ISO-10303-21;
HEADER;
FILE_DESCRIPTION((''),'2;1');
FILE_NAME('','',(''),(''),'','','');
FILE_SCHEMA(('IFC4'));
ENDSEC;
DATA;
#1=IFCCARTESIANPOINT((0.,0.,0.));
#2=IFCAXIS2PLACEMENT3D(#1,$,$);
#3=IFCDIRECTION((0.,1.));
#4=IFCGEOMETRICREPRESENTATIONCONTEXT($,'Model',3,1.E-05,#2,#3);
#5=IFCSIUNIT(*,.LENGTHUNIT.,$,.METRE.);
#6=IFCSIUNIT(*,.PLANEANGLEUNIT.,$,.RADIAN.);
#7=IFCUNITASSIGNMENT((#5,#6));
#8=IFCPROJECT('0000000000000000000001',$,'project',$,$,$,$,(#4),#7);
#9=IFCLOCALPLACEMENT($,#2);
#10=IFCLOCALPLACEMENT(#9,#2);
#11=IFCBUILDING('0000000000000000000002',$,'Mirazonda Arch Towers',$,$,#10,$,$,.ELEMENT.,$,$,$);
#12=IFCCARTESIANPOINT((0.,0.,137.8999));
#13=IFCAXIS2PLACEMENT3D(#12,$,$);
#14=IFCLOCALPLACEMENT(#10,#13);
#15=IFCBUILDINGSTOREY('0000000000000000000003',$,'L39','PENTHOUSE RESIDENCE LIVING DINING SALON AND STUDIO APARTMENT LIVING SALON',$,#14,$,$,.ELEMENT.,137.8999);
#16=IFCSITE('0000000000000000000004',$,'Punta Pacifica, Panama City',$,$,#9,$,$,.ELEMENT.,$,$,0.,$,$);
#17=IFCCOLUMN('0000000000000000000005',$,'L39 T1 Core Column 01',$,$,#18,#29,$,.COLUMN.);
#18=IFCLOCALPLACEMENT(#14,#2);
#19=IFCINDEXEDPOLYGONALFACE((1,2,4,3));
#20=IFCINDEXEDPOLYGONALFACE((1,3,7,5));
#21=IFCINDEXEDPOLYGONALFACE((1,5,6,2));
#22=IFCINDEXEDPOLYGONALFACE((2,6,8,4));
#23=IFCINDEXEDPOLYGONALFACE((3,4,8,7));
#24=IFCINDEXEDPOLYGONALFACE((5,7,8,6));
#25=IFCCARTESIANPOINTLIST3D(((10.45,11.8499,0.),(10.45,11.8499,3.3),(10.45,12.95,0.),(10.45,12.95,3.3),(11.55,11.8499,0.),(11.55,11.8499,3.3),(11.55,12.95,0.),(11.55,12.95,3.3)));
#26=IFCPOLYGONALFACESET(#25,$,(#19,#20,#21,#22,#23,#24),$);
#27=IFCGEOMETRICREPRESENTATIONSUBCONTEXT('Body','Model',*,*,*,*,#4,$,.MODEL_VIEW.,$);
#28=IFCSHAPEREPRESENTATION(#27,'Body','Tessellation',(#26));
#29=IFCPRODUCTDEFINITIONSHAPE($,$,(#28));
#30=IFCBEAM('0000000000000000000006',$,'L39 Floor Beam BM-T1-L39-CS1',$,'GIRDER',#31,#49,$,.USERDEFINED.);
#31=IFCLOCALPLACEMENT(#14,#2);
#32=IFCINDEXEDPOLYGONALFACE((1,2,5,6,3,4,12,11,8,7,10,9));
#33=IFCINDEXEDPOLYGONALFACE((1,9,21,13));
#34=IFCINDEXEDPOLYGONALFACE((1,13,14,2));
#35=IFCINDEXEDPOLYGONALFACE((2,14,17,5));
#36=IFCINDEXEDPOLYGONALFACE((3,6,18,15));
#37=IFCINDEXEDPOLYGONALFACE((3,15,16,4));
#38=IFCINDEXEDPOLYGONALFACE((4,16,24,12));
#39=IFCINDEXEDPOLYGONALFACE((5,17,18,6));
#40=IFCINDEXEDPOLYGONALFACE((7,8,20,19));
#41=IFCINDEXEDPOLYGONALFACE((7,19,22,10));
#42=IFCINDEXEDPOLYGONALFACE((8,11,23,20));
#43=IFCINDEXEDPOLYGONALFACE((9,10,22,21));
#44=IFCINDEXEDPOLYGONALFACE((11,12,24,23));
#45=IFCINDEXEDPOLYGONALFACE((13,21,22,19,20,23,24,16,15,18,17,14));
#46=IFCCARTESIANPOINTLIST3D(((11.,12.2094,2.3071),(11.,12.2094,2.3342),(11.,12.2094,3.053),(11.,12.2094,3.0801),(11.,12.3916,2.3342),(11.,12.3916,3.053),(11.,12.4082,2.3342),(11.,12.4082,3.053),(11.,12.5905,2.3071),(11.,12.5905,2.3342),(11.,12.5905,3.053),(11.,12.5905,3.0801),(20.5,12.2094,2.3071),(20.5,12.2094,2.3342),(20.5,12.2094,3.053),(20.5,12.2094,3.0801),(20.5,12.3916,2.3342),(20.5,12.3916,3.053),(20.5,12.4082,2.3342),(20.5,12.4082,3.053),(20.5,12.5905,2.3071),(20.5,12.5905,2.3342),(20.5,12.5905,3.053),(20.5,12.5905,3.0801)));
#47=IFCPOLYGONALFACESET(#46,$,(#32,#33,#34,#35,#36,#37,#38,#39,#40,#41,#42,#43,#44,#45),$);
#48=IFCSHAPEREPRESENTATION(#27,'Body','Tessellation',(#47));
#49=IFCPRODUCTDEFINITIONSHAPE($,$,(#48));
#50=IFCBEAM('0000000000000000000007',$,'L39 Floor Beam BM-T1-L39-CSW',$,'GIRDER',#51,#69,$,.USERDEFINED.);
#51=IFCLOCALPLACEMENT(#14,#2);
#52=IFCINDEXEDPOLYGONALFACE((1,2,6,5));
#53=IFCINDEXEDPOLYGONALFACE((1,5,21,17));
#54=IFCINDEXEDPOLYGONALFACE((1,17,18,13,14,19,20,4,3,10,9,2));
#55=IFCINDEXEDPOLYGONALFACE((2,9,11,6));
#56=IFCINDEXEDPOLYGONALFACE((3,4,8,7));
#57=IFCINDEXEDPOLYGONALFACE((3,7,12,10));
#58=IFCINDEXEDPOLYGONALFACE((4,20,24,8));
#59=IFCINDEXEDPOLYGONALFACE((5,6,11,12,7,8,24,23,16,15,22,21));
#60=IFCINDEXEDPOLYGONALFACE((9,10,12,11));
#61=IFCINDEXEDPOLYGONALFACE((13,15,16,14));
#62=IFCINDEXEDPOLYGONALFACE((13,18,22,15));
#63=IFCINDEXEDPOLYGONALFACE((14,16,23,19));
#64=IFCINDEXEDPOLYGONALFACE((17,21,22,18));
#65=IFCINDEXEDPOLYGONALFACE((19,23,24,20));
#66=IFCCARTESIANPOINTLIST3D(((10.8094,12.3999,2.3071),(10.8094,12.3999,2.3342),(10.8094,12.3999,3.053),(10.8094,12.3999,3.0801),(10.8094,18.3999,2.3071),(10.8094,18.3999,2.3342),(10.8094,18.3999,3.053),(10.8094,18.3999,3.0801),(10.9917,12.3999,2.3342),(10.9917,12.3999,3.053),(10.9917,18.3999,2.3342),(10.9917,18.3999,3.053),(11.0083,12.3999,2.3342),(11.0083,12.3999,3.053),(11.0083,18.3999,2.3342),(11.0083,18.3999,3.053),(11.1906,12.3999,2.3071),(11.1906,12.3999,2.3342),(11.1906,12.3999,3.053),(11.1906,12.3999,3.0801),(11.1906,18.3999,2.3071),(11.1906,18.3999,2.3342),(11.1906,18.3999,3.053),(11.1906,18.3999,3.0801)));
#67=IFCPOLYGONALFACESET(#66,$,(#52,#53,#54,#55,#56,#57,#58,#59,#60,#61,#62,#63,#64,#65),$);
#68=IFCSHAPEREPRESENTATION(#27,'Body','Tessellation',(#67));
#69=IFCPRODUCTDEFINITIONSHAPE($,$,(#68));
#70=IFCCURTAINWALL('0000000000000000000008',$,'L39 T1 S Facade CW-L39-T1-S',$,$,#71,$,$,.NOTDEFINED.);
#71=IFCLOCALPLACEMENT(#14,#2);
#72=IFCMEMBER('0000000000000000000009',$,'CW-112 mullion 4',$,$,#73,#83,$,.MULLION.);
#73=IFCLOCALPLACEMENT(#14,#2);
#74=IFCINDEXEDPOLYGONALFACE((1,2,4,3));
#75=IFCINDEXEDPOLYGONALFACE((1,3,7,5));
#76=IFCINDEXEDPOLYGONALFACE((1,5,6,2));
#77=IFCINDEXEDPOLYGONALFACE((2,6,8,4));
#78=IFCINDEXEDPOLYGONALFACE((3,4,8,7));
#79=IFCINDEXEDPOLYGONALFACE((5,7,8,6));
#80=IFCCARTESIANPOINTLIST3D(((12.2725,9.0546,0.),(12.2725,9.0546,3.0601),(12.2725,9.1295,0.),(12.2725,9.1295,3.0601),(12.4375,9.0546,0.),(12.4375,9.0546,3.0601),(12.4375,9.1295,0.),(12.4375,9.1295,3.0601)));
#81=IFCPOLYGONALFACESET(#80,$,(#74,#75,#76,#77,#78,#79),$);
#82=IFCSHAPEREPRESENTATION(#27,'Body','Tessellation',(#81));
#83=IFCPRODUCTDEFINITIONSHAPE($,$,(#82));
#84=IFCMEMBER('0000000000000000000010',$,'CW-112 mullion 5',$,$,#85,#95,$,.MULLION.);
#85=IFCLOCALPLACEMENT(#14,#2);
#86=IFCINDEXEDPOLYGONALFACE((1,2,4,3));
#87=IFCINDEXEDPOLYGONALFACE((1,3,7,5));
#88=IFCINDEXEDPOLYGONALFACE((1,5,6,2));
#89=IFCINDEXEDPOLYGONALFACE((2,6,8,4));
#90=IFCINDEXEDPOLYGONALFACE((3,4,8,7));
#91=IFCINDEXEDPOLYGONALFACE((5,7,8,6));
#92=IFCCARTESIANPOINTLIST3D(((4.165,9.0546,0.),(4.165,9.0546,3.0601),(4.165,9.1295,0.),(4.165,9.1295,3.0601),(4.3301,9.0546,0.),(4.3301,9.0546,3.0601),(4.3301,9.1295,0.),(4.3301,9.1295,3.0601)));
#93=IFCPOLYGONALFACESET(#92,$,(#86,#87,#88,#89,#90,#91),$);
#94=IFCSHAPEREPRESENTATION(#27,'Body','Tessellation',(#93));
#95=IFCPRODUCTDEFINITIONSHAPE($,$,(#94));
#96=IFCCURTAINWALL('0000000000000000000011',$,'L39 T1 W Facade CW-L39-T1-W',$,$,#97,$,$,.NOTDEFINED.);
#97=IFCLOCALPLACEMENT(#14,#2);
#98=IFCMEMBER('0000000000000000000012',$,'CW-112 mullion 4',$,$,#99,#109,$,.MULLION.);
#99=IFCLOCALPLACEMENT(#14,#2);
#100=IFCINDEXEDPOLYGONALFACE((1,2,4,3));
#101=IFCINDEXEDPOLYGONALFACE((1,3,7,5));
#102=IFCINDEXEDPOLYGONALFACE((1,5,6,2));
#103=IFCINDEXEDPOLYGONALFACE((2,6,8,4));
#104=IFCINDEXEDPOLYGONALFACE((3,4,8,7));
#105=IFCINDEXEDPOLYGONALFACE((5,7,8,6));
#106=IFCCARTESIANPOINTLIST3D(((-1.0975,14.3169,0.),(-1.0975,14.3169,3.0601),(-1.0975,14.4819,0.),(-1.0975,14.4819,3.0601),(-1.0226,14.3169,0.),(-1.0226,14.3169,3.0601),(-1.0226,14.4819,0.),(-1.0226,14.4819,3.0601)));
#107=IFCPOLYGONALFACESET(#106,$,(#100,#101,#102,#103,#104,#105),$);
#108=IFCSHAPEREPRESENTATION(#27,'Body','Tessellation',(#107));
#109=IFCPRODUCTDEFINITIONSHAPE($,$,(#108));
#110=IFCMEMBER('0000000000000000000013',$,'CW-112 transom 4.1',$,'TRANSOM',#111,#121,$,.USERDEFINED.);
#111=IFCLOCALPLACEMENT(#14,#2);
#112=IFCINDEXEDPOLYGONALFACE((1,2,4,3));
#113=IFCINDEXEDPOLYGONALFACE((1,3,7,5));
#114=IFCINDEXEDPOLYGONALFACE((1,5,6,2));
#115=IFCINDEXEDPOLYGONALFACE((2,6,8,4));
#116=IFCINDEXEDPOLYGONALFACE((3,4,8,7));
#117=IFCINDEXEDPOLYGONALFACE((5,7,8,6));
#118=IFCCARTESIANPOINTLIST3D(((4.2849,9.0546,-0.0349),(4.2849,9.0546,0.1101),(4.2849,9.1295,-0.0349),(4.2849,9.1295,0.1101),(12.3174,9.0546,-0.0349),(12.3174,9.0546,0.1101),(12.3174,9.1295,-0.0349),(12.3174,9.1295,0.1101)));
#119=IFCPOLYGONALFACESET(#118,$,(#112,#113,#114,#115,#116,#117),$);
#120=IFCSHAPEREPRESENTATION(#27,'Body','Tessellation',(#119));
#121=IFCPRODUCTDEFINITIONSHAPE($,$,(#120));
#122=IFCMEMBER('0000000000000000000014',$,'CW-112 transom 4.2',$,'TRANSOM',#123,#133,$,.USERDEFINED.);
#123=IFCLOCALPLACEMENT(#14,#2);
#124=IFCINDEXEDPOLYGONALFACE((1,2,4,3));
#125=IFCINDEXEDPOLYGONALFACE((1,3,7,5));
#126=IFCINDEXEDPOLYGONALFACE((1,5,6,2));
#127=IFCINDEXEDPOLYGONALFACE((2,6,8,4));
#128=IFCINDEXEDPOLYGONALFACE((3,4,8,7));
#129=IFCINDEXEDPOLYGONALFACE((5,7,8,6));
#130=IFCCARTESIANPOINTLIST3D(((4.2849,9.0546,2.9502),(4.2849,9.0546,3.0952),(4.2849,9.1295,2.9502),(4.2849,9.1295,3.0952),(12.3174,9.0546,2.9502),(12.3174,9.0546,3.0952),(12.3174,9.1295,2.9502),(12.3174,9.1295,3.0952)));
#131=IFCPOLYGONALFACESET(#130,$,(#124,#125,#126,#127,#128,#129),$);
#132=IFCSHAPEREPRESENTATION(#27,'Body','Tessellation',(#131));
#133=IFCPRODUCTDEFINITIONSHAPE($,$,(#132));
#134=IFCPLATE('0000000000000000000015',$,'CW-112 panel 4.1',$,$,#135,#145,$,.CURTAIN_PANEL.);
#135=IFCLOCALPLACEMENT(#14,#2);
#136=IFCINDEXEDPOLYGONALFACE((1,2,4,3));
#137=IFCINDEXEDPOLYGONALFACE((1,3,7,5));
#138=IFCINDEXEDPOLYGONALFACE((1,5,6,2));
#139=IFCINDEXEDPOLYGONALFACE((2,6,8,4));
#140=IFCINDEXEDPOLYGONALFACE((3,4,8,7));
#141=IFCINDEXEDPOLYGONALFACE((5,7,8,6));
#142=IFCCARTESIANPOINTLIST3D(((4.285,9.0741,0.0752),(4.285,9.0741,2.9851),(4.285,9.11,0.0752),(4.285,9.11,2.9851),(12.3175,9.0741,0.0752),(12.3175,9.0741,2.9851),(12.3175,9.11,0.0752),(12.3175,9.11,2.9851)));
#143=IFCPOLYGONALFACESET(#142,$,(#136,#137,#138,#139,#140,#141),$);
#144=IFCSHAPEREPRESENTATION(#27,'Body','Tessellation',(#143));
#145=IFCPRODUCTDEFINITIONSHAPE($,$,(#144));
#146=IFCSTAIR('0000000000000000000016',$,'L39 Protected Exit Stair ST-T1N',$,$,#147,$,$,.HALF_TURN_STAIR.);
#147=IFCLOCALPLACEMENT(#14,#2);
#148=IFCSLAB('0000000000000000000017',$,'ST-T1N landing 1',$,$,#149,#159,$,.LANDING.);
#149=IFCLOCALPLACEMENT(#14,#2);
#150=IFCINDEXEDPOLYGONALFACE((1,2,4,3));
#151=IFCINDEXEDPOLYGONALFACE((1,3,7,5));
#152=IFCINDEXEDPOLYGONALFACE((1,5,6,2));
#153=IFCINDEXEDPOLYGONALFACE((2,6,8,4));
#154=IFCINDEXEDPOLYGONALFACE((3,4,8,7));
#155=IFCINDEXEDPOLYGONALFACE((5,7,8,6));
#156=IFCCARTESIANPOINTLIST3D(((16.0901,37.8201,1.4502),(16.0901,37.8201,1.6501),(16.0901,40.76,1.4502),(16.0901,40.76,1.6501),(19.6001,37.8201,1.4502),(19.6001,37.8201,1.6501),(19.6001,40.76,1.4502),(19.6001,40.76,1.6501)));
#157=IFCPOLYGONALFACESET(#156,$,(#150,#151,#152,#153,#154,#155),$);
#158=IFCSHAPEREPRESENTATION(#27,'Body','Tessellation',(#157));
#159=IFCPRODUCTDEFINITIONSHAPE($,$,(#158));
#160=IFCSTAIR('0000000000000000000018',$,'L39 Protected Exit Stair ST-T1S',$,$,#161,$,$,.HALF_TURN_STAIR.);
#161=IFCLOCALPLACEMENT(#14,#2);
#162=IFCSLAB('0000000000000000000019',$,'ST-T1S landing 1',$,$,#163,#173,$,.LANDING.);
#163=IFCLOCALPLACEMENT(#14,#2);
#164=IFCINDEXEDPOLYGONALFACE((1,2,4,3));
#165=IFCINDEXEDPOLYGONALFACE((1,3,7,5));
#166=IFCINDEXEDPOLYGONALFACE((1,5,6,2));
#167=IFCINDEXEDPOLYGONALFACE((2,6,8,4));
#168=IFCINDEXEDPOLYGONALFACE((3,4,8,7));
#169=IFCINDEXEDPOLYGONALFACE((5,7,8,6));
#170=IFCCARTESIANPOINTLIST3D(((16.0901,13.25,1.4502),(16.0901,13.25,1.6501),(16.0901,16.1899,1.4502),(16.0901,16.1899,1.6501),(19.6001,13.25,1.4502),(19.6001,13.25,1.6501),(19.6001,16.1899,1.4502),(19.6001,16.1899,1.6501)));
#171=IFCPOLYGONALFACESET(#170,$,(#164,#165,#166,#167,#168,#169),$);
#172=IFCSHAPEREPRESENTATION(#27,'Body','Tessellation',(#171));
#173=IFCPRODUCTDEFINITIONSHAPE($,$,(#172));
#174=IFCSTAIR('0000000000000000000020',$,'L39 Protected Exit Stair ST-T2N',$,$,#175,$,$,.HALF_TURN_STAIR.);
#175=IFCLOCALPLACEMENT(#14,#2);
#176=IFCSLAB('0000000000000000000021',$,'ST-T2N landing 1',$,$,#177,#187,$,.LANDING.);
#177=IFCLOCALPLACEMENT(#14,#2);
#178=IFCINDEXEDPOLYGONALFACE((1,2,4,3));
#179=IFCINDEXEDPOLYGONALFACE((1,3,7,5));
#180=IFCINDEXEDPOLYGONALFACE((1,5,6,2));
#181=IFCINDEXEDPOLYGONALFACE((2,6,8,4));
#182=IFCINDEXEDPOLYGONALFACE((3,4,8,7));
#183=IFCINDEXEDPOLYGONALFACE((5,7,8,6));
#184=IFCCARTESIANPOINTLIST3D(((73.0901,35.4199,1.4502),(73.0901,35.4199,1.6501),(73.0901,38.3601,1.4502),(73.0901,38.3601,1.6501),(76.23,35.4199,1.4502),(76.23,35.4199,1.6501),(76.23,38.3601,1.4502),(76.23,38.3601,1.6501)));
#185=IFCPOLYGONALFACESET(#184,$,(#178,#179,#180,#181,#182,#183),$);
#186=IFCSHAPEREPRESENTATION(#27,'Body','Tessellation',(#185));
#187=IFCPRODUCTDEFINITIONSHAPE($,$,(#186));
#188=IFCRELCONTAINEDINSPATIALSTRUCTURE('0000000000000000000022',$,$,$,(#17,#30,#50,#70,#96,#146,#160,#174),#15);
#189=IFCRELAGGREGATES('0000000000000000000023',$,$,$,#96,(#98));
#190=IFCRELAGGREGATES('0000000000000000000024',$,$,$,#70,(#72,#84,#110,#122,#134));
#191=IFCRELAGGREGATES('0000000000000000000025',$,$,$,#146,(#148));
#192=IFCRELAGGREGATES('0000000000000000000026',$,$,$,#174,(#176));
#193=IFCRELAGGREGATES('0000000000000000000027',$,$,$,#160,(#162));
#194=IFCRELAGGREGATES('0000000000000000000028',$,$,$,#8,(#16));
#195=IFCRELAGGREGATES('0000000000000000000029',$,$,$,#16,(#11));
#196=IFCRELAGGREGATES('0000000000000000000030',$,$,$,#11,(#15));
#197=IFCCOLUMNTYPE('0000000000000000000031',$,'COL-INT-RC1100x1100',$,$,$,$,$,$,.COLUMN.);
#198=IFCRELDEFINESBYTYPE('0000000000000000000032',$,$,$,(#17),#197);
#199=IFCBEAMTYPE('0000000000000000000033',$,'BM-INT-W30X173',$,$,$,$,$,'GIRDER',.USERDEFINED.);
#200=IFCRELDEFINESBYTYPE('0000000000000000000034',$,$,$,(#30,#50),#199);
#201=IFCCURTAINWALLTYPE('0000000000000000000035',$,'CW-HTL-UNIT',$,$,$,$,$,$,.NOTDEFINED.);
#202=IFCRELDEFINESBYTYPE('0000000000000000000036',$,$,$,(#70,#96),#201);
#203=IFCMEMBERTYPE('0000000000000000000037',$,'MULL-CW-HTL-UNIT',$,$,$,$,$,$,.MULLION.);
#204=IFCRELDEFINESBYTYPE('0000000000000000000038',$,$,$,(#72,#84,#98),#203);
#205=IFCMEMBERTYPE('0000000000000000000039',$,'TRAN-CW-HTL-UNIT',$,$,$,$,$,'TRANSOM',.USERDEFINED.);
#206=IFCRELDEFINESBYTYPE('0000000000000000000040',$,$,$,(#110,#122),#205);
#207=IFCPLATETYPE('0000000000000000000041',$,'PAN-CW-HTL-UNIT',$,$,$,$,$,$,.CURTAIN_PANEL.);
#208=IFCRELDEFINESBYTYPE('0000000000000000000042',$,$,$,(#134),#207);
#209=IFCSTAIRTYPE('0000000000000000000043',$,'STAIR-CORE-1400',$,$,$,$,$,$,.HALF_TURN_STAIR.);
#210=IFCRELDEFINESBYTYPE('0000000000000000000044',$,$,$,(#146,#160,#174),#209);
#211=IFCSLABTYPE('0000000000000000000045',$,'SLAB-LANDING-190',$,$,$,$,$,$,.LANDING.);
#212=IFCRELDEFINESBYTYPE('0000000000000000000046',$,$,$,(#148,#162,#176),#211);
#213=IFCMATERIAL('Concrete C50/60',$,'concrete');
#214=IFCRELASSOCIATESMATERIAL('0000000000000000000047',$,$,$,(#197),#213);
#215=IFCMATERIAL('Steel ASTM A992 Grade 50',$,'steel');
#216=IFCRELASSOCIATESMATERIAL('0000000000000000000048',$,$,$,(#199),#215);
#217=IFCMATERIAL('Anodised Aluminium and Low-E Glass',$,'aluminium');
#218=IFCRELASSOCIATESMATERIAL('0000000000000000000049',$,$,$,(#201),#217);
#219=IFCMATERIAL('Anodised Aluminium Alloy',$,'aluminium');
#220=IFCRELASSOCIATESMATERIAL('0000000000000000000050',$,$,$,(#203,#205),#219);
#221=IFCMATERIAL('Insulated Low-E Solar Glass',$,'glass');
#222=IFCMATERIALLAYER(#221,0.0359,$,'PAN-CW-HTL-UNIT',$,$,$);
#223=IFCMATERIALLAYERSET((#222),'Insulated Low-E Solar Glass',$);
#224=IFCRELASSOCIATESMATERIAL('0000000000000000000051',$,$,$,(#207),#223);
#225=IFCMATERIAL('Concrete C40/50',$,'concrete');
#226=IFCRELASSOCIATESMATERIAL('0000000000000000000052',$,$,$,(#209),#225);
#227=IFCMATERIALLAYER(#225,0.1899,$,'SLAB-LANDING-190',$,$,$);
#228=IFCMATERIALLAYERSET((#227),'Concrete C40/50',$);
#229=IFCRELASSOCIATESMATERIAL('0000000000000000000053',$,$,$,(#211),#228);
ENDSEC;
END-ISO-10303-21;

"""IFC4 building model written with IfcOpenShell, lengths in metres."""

from ifc_helpers import new_model, si_unit, direction, frame, origin, origin_2d, place, context, subcontext, project, spatial, polyline, rectangle, i_section, outline, extrude, material, layer, layer_set, material_profile, profile_set, type_object, element, aggregate, save


model = new_model("IFC4")

# Units and contexts
model_context = context("Model", 3, precision=1e-05, world=origin(), true_north=direction((0.0, 1.0)))
body_context = subcontext(model_context, "Body", "Model", "MODEL_VIEW")
ifc_project = project(units=[si_unit("LENGTHUNIT", "METRE"), si_unit("PLANEANGLEUNIT", "RADIAN")], contexts=[model_context])

# Site, building, storey
site_placement = place(None, origin())
site = spatial("IfcSite", under=ifc_project, at=site_placement, Name="Punta Pacifica, Panama City", CompositionType="ELEMENT", RefElevation=0.0)
building_placement = place(site_placement, origin())
building = spatial("IfcBuilding", under=site, at=building_placement, Name="Mirazonda Arch Towers", CompositionType="ELEMENT")
storey_placement = place(building_placement, frame((0.0, 0.0, 137.8999)))
storey = spatial("IfcBuildingStorey", under=building, at=storey_placement, Name="L39", Description="PENTHOUSE RESIDENCE LIVING DINING SALON AND STUDIO APARTMENT LIVING SALON", CompositionType="ELEMENT", Elevation=137.8999)

# Column
ifc_material_1 = material(Name="Concrete C50/60", Category="concrete")
ifc_material_profile_1 = material_profile(ifc_material_1, rectangle(XDim=1.1001, YDim=1.1001, at=origin_2d()), Name="RC1100x1100")
ifc_profile_set_1 = profile_set([ifc_material_profile_1], Name="Concrete C50/60")
column_type = type_object("IfcColumnType", Name="COL-INT-RC1100x1100", PredefinedType="COLUMN", material=ifc_profile_set_1)
column_placement = place(storey_placement, frame((11.0, 12.3999, 0.0), z_axis=(0.0, 0.0, 1.0), x_axis=(1.0, 0.0, 0.0)))
element("IfcColumn", 1, at=column_placement, inside=storey, type_object=column_type, Name="L39 T1 Core Column 01", PredefinedType="COLUMN", context=body_context, shape_type="SweptSolid", body=[
    extrude(rectangle(XDim=1.1001, YDim=1.1001, at=origin_2d()), origin(), (0.0, 0.0, 1.0), 3.3),
])

# Beams
ifc_material_2 = material(Name="Steel ASTM A992 Grade 50", Category="steel")
ifc_material_profile_2 = material_profile(ifc_material_2, i_section(OverallWidth=0.3811, OverallDepth=0.7729, WebThickness=0.0166, FlangeThickness=0.0271, at=origin_2d()), Name="W30X173")
ifc_profile_set_2 = profile_set([ifc_material_profile_2], Name="Steel ASTM A992 Grade 50")
beam_type = type_object("IfcBeamType", Name="BM-INT-W30X173", ElementType="GIRDER", PredefinedType="USERDEFINED", material=ifc_profile_set_2)
beam_1_placement = place(storey_placement, frame((11.0, 12.3999, 2.6936), z_axis=(1.0, 0.0, 0.0), x_axis=(0.0, 1.0, 0.0)))
element("IfcBeam", 2, at=beam_1_placement, inside=storey, type_object=beam_type, Name="L39 Floor Beam BM-T1-L39-CS1", ObjectType="GIRDER", PredefinedType="USERDEFINED", context=body_context, shape_type="SweptSolid", body=[
    extrude(i_section(OverallWidth=0.3811, OverallDepth=0.7729, WebThickness=0.0166, FlangeThickness=0.0271, at=origin_2d()), origin(), (0.0, 0.0, 1.0), 9.5),
])
beam_2_placement = place(storey_placement, frame((11.0, 12.3999, 2.6936), z_axis=(0.0, 1.0, 0.0), x_axis=(-1.0, 0.0, 0.0)))
element("IfcBeam", 3, at=beam_2_placement, inside=storey, type_object=beam_type, Name="L39 Floor Beam BM-T1-L39-CSW", ObjectType="GIRDER", PredefinedType="USERDEFINED", context=body_context, shape_type="SweptSolid", body=[
    extrude(i_section(OverallWidth=0.3811, OverallDepth=0.7729, WebThickness=0.0166, FlangeThickness=0.0271, at=origin_2d()), origin(), (0.0, 0.0, 1.0), 6.0),
])

# Curtain wall, members
ifc_material_3 = material(Name="Anodised Aluminium and Low-E Glass", Category="aluminium")
curtain_wall_type = type_object("IfcCurtainWallType", Name="CW-HTL-UNIT", PredefinedType="NOTDEFINED", material=ifc_material_3)
curtain_wall_1_placement = place(storey_placement, origin())
curtain_wall_1 = element("IfcCurtainWall", 4, at=curtain_wall_1_placement, inside=storey, type_object=curtain_wall_type, Name="L39 T1 S Facade CW-L39-T1-S", PredefinedType="NOTDEFINED")
ifc_material_4 = material(Name="Anodised Aluminium Alloy", Category="aluminium")
ifc_material_profile_3 = material_profile(ifc_material_4, rectangle(XDim=0.075, YDim=0.165, at=origin_2d()), Name="ALU-MULL-75x165")
ifc_profile_set_3 = profile_set([ifc_material_profile_3], Name="Anodised Aluminium Alloy")
member_type_1 = type_object("IfcMemberType", Name="MULL-CW-HTL-UNIT", PredefinedType="MULLION", material=ifc_profile_set_3)
member_1_placement = place(storey_placement, frame((12.355, 9.092, 0.0), z_axis=(0.0, 0.0, 1.0), x_axis=(0.0, -1.0, 0.0)))
member_1 = element("IfcMember", 5, at=member_1_placement, type_object=member_type_1, Name="CW-112 mullion 4", PredefinedType="MULLION", context=body_context, shape_type="SweptSolid", body=[
    extrude(rectangle(XDim=0.075, YDim=0.165, at=origin_2d()), origin(), (0.0, 0.0, 1.0), 3.0601),
])
member_2_placement = place(storey_placement, frame((4.2476, 9.092, 0.0), z_axis=(0.0, 0.0, 1.0), x_axis=(0.0, -1.0, 0.0)))
member_2 = element("IfcMember", 6, at=member_2_placement, type_object=member_type_1, Name="CW-112 mullion 5", PredefinedType="MULLION", context=body_context, shape_type="SweptSolid", body=[
    extrude(rectangle(XDim=0.075, YDim=0.165, at=origin_2d()), origin(), (0.0, 0.0, 1.0), 3.0601),
])

# Curtain wall, member
curtain_wall_2_placement = place(storey_placement, origin())
curtain_wall_2 = element("IfcCurtainWall", 7, at=curtain_wall_2_placement, inside=storey, type_object=curtain_wall_type, Name="L39 T1 W Facade CW-L39-T1-W", PredefinedType="NOTDEFINED")
member_3_placement = place(storey_placement, frame((-1.0601, 14.3994, 0.0), z_axis=(0.0, 0.0, 1.0), x_axis=(1.0, 0.0, 0.0)))
member_3 = element("IfcMember", 8, at=member_3_placement, type_object=member_type_1, Name="CW-112 mullion 4", PredefinedType="MULLION", context=body_context, shape_type="SweptSolid", body=[
    extrude(rectangle(XDim=0.075, YDim=0.165, at=origin_2d()), origin(), (0.0, 0.0, 1.0), 3.0601),
])
aggregate(curtain_wall_2, [member_3])

# Members
ifc_material_profile_4 = material_profile(ifc_material_4, rectangle(XDim=0.075, YDim=0.145, at=origin_2d()), Name="ALU-TRAN-75x145")
ifc_profile_set_4 = profile_set([ifc_material_profile_4], Name="Anodised Aluminium Alloy")
member_type_2 = type_object("IfcMemberType", Name="TRAN-CW-HTL-UNIT", ElementType="TRANSOM", PredefinedType="USERDEFINED", material=ifc_profile_set_4)
member_4_placement = place(storey_placement, frame((12.3174, 9.092, 0.0376), z_axis=(-1.0, 0.0, 0.0), x_axis=(0.0, -1.0, 0.0)))
member_4 = element("IfcMember", 9, at=member_4_placement, type_object=member_type_2, Name="CW-112 transom 4.1", ObjectType="TRANSOM", PredefinedType="USERDEFINED", context=body_context, shape_type="SweptSolid", body=[
    extrude(rectangle(XDim=0.075, YDim=0.145, at=origin_2d()), origin(), (0.0, 0.0, 1.0), 8.0325),
])
member_5_placement = place(storey_placement, frame((12.3174, 9.092, 3.0227), z_axis=(-1.0, 0.0, 0.0), x_axis=(0.0, -1.0, 0.0)))
member_5 = element("IfcMember", 10, at=member_5_placement, type_object=member_type_2, Name="CW-112 transom 4.2", ObjectType="TRANSOM", PredefinedType="USERDEFINED", context=body_context, shape_type="SweptSolid", body=[
    extrude(rectangle(XDim=0.075, YDim=0.145, at=origin_2d()), origin(), (0.0, 0.0, 1.0), 8.0325),
])

# Plate
ifc_material_5 = material(Name="Insulated Low-E Solar Glass", Category="glass")
ifc_layer_1 = layer(ifc_material_5, 0.0359, Name="PAN-CW-HTL-UNIT")
ifc_layer_set_1 = layer_set([ifc_layer_1], Name="Insulated Low-E Solar Glass")
plate_type = type_object("IfcPlateType", Name="PAN-CW-HTL-UNIT", PredefinedType="CURTAIN_PANEL", material=ifc_layer_set_1)
plate_placement = place(storey_placement, frame((8.3013, 9.092, 0.0752), z_axis=(0.0, 0.0, 1.0), x_axis=(-1.0, 0.0, 0.0)))
plate = element("IfcPlate", 11, at=plate_placement, type_object=plate_type, Name="CW-112 panel 4.1", PredefinedType="CURTAIN_PANEL", context=body_context, shape_type="SweptSolid", body=[
    extrude(rectangle(XDim=8.0325, YDim=0.0359, at=origin_2d()), origin(), (0.0, 0.0, 1.0), 2.9099),
])
aggregate(curtain_wall_1, [member_1, member_2, member_4, member_5, plate])

# Stairs, slabs
ifc_material_6 = material(Name="Concrete C40/50", Category="concrete")
stair_type = type_object("IfcStairType", Name="STAIR-CORE-1400", PredefinedType="HALF_TURN_STAIR", material=ifc_material_6)
stair_1_placement = place(storey_placement, origin())
stair_1 = element("IfcStair", 12, at=stair_1_placement, inside=storey, type_object=stair_type, Name="L39 Protected Exit Stair ST-T1N", PredefinedType="HALF_TURN_STAIR")
ifc_layer_2 = layer(ifc_material_6, 0.1899, Name="SLAB-LANDING-190")
ifc_layer_set_2 = layer_set([ifc_layer_2], Name="Concrete C40/50")
slab_type_1 = type_object("IfcSlabType", Name="SLAB-LANDING-190", PredefinedType="LANDING", material=ifc_layer_set_2)
slab_1_placement = place(storey_placement, frame((0.0, 0.0, 1.4502)))
slab_1 = element("IfcSlab", 13, at=slab_1_placement, type_object=slab_type_1, Name="ST-T1N landing 1", PredefinedType="LANDING", context=body_context, shape_type="SweptSolid", body=[
    extrude(outline(polyline([(16.0901, 37.8201), (19.6001, 37.8201), (19.6001, 40.76), (16.0901, 40.76), (16.0901, 37.8201)])), origin(), (0.0, 0.0, 1.0), 0.2),
])
aggregate(stair_1, [slab_1])
stair_2_placement = place(storey_placement, origin())
stair_2 = element("IfcStair", 14, at=stair_2_placement, inside=storey, type_object=stair_type, Name="L39 Protected Exit Stair ST-T1S", PredefinedType="HALF_TURN_STAIR")
slab_2_placement = place(storey_placement, frame((0.0, 0.0, 1.4502)))
slab_2 = element("IfcSlab", 15, at=slab_2_placement, type_object=slab_type_1, Name="ST-T1S landing 1", PredefinedType="LANDING", context=body_context, shape_type="SweptSolid", body=[
    extrude(outline(polyline([(16.0901, 13.25), (19.6001, 13.25), (19.6001, 16.1899), (16.0901, 16.1899), (16.0901, 13.25)])), origin(), (0.0, 0.0, 1.0), 0.2),
])
stair_3_placement = place(storey_placement, origin())
stair_3 = element("IfcStair", 16, at=stair_3_placement, inside=storey, type_object=stair_type, Name="L39 Protected Exit Stair ST-T2N", PredefinedType="HALF_TURN_STAIR")
slab_3_placement = place(storey_placement, frame((0.0, 0.0, 1.4502)))
slab_3 = element("IfcSlab", 17, at=slab_3_placement, type_object=slab_type_1, Name="ST-T2N landing 1", PredefinedType="LANDING", context=body_context, shape_type="SweptSolid", body=[
    extrude(outline(polyline([(73.0901, 35.4199), (76.23, 35.4199), (76.23, 38.3601), (73.0901, 38.3601), (73.0901, 35.4199)])), origin(), (0.0, 0.0, 1.0), 0.2),
])
aggregate(stair_3, [slab_3])

aggregate(stair_2, [slab_2])

save(model, "model.ifc")
